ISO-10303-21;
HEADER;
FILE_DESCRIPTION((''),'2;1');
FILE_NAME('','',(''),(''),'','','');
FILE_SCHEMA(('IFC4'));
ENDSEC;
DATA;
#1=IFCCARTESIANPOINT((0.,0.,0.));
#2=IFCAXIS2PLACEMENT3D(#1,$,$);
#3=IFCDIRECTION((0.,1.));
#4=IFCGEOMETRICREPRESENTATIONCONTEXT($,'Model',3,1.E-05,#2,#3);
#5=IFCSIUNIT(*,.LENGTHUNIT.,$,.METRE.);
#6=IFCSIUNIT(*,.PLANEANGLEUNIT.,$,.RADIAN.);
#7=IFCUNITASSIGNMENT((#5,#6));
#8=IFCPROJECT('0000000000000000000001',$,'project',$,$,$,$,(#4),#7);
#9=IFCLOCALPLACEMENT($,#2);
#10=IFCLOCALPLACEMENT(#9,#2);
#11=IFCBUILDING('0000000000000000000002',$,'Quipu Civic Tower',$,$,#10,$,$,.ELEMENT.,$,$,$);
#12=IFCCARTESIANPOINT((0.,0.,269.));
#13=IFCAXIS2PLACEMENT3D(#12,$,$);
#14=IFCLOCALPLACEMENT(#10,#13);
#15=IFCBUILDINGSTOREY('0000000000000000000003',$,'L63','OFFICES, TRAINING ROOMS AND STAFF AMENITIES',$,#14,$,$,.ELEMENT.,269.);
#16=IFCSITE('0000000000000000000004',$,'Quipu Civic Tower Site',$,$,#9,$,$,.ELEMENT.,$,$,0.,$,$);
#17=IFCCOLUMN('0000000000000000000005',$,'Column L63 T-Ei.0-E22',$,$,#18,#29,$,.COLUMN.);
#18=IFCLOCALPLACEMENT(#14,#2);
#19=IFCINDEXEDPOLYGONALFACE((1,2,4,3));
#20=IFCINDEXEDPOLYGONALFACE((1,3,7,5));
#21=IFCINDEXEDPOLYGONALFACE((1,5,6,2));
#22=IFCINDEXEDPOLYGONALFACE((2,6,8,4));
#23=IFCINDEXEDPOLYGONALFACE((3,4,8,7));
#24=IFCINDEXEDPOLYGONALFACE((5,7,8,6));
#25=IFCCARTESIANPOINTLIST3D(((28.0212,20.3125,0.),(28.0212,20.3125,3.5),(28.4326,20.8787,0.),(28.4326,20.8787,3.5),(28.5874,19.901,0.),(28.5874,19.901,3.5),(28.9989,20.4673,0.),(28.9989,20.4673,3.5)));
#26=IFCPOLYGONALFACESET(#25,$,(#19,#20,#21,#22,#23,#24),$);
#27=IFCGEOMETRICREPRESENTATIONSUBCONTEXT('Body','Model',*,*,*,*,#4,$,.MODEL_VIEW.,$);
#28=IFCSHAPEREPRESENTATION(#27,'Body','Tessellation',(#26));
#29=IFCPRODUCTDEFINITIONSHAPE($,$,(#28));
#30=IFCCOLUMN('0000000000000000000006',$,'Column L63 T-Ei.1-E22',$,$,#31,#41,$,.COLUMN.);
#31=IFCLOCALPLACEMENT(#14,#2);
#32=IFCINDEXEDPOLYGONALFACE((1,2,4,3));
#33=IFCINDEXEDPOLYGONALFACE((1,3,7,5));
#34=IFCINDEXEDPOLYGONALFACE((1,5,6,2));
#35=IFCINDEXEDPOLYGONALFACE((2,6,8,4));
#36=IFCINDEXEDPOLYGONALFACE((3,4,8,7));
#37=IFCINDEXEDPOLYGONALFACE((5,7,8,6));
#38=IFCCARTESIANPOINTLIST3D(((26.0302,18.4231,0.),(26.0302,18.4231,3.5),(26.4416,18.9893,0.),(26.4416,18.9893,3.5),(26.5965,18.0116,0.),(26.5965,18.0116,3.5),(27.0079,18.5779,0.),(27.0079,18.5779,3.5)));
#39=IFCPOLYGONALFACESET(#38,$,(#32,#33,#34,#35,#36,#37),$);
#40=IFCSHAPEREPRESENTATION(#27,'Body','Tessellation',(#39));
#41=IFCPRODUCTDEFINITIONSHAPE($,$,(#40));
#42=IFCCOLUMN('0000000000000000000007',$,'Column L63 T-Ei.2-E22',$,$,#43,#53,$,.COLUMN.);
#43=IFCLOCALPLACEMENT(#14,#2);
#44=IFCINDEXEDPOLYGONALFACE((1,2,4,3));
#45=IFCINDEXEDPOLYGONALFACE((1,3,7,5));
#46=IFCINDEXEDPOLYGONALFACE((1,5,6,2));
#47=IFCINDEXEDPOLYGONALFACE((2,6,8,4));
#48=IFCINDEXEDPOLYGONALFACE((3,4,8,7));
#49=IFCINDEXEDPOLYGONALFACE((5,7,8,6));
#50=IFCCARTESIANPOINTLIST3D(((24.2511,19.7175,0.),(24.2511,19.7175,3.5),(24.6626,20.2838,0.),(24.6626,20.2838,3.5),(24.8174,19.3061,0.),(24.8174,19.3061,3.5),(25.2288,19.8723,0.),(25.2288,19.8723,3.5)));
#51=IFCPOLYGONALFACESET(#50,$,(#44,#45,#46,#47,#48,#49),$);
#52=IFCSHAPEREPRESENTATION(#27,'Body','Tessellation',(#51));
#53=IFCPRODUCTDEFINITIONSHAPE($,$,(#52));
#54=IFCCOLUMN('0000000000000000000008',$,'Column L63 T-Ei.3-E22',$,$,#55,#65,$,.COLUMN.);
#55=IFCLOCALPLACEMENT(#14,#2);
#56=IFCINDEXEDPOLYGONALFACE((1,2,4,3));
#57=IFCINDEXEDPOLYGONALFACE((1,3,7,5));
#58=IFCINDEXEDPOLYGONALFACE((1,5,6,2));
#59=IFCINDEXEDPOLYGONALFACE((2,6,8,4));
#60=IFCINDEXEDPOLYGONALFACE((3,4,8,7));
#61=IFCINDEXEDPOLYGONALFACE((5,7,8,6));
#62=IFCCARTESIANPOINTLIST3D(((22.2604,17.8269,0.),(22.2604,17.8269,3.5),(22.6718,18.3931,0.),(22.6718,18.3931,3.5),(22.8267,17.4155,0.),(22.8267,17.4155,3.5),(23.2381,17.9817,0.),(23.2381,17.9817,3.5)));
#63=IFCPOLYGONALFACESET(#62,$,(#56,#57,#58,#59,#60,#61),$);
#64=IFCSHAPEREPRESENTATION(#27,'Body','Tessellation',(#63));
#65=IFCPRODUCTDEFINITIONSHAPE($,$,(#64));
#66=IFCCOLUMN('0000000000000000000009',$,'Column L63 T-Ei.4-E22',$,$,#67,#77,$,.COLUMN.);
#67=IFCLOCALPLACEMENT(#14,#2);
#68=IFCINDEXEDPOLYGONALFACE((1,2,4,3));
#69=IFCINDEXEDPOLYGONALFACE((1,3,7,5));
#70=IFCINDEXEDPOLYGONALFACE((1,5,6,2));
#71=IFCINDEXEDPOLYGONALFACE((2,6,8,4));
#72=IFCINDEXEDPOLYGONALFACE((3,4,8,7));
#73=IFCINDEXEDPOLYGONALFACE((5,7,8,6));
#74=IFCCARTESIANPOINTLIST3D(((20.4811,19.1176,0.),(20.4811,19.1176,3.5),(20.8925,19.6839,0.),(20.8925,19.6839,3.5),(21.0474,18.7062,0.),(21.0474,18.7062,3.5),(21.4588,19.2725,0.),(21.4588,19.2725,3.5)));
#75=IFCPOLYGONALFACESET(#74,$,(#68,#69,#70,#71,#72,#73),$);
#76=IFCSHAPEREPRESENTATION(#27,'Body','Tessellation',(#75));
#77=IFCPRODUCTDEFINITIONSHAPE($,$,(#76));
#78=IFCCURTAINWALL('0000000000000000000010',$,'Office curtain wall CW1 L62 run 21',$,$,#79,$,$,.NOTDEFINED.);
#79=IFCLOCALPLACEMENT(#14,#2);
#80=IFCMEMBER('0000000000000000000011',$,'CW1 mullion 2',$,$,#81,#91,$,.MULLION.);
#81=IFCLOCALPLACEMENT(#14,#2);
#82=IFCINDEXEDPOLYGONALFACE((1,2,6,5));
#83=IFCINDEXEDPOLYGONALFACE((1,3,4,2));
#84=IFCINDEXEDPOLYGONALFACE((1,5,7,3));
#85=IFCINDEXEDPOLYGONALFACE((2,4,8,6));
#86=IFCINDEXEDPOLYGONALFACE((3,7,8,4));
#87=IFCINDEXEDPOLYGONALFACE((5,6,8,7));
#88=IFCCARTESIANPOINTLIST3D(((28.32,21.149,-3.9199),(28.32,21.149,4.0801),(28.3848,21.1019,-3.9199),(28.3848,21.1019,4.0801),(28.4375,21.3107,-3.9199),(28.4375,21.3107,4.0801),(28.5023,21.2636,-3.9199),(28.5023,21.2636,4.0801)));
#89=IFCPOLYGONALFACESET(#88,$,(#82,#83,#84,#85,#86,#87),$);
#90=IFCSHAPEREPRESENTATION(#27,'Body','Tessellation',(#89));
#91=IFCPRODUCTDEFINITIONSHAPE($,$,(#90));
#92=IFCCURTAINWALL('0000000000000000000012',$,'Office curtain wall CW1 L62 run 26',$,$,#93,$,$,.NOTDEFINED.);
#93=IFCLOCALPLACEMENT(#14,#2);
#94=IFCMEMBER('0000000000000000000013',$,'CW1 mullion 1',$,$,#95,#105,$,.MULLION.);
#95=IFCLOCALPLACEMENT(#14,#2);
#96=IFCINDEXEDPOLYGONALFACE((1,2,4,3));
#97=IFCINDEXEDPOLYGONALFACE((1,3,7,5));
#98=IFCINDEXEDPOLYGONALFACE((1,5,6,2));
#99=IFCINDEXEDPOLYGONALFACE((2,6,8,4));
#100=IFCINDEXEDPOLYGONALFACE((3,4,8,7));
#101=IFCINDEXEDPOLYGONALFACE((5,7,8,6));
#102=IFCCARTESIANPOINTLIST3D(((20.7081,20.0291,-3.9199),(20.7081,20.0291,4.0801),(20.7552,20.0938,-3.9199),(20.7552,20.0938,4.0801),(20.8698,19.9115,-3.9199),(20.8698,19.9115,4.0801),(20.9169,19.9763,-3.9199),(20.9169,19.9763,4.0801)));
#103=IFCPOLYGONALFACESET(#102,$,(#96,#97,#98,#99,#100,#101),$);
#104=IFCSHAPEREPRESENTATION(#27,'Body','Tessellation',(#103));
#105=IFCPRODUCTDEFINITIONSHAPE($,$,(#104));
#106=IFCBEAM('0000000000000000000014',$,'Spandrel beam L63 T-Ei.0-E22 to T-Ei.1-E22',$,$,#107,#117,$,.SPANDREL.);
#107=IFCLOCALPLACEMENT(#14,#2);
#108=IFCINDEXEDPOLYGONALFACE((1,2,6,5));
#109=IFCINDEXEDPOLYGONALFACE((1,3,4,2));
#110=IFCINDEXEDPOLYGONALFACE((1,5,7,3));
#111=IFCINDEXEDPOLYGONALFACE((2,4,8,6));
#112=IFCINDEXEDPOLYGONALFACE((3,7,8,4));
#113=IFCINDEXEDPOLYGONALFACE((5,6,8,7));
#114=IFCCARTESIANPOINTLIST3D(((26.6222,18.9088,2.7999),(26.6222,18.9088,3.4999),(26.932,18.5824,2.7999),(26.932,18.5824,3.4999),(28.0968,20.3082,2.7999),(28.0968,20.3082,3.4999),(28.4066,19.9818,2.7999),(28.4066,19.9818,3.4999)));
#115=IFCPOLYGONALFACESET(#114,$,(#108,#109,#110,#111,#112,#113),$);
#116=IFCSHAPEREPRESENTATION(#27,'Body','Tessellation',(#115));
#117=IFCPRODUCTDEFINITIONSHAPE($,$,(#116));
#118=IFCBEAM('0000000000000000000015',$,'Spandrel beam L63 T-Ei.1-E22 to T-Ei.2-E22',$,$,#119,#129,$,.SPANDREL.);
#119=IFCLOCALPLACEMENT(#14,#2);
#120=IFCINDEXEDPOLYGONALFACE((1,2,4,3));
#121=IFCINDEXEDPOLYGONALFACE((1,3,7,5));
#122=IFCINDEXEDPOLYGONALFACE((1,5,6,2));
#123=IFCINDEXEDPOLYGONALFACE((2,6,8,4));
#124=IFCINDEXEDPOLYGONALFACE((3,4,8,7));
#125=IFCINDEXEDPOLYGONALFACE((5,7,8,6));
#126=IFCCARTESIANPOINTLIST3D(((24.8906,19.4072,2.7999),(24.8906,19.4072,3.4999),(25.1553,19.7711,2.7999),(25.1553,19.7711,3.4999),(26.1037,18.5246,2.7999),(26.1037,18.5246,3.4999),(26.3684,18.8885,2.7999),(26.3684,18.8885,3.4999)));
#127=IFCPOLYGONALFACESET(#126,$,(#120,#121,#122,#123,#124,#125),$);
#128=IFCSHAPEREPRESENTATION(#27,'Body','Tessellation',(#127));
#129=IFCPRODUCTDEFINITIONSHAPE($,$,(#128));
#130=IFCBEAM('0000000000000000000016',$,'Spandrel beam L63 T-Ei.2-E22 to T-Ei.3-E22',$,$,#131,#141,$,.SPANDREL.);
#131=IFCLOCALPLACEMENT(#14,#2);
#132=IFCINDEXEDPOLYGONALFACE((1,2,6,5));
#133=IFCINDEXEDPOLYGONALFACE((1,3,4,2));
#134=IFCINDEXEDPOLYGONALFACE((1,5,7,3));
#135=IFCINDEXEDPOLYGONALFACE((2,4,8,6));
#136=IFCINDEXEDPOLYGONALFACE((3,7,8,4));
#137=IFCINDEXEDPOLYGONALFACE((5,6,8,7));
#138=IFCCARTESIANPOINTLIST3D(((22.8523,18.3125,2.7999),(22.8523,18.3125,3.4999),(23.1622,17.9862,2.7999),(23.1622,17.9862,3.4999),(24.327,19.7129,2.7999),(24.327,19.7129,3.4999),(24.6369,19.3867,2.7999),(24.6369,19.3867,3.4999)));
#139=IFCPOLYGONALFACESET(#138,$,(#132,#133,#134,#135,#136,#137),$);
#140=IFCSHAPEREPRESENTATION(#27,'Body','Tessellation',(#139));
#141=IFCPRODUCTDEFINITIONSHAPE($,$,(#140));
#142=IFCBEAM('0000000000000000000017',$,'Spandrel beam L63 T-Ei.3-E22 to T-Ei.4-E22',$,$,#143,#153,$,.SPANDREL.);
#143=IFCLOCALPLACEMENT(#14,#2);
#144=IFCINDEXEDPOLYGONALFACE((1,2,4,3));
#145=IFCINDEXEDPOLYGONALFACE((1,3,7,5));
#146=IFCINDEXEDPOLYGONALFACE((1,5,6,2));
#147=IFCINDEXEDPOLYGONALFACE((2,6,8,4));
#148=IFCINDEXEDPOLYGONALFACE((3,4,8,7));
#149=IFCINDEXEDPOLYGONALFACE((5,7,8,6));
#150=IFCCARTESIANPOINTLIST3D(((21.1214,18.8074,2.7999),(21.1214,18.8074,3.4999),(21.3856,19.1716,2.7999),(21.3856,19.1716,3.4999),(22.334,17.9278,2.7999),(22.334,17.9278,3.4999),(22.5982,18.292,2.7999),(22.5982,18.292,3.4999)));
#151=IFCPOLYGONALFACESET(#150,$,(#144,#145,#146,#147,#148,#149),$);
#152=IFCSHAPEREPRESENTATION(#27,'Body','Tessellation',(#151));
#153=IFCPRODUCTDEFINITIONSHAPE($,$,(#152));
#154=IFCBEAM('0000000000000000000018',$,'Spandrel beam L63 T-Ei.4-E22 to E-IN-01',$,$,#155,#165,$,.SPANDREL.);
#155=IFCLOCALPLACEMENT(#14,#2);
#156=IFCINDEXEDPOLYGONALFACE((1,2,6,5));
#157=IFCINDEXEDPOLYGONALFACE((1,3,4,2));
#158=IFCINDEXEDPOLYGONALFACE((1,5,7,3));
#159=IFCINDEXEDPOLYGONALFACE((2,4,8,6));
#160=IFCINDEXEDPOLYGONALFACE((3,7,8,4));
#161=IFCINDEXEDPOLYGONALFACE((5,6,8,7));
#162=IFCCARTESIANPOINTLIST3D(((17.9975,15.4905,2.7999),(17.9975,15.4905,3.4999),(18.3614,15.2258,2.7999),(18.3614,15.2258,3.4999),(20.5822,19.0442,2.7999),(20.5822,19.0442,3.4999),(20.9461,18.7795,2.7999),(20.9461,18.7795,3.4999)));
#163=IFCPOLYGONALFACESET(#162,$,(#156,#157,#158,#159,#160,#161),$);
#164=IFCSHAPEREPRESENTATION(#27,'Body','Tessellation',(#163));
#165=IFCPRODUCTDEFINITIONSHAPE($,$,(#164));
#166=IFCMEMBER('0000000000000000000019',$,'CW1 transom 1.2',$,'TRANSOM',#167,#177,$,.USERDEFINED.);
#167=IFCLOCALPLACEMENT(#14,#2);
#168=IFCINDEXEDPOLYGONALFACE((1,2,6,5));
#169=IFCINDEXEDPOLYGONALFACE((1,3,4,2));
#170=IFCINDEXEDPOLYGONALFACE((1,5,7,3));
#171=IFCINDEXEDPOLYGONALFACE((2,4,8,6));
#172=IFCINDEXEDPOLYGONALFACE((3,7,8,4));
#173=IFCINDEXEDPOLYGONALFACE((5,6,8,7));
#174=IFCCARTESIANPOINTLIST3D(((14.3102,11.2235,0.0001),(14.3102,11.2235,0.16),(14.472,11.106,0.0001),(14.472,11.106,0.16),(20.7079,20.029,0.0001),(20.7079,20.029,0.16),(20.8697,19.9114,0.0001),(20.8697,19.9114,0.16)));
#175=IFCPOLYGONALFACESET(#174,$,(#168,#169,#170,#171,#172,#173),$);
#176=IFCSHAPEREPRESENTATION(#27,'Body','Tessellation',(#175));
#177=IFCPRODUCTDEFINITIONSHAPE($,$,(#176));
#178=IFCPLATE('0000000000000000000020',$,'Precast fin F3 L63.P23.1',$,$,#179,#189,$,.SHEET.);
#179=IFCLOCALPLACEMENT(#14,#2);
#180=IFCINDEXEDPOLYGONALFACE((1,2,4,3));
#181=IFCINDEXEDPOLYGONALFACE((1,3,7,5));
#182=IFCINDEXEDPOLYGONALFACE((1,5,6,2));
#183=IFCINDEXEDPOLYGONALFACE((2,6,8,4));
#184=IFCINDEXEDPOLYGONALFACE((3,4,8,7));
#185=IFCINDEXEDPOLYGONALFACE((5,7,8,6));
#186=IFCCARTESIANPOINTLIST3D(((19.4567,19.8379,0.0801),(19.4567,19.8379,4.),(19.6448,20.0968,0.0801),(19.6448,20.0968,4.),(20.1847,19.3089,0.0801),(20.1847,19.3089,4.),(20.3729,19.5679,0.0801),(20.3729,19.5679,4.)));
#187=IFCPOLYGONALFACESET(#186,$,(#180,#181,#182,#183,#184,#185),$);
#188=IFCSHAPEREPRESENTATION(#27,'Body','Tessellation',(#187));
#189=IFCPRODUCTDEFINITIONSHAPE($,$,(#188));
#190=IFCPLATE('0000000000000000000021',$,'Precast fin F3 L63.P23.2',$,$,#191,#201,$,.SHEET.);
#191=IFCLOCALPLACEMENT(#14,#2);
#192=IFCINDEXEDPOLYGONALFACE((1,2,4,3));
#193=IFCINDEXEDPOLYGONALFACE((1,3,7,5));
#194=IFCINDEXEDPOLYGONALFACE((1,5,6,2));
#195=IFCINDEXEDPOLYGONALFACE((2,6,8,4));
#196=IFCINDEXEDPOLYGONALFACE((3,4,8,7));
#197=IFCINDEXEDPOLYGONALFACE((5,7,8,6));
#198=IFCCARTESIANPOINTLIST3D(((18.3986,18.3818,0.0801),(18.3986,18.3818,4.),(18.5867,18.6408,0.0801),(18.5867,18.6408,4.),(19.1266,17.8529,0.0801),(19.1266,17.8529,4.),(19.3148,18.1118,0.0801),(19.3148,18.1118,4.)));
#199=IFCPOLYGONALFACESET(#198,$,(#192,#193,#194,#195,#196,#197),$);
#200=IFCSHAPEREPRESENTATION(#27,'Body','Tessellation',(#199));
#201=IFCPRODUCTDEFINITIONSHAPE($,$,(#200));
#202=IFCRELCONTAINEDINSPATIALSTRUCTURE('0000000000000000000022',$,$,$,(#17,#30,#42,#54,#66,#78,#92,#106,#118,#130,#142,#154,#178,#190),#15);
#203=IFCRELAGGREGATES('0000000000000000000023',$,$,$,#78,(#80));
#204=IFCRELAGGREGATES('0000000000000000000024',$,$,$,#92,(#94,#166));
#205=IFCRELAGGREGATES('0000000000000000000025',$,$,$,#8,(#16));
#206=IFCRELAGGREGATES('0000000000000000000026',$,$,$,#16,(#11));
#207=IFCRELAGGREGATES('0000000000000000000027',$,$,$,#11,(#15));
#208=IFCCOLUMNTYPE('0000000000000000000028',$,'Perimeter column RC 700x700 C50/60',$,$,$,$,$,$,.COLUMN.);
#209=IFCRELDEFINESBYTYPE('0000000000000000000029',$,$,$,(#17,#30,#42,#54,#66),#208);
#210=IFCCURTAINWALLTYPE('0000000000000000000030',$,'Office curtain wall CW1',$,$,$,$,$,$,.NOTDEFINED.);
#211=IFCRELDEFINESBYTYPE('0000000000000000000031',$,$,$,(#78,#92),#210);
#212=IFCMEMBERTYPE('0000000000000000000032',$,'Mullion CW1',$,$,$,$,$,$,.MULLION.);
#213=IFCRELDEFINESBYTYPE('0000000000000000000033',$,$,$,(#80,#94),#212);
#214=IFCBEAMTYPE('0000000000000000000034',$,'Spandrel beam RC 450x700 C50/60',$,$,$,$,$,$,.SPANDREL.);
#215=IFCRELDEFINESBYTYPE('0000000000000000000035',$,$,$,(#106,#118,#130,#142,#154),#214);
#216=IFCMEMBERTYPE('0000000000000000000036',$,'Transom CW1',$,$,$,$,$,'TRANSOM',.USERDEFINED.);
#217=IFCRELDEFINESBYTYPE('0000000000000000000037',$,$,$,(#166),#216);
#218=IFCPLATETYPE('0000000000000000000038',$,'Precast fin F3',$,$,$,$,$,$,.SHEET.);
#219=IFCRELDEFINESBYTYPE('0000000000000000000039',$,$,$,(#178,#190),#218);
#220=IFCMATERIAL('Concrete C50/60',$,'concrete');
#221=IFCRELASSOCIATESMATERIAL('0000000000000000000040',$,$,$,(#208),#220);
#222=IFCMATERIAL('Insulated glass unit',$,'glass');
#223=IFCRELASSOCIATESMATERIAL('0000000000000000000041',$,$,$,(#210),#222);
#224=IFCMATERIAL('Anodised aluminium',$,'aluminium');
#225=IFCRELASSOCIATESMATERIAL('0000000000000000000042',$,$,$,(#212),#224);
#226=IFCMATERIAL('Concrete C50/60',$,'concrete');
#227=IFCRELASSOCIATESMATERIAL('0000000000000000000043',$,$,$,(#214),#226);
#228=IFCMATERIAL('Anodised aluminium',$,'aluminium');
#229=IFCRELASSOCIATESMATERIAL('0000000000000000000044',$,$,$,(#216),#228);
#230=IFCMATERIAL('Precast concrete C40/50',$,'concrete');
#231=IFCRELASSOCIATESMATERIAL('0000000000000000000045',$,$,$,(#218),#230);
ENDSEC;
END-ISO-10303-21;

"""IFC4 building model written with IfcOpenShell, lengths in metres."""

from ifc_helpers import new_model, si_unit, direction, frame, origin, origin_2d, place, context, subcontext, project, spatial, rectangle, extrude, material, material_profile, profile_set, type_object, element, aggregate, save


model = new_model("IFC4")

# Units and contexts
model_context = context("Model", 3, precision=1e-05, world=origin(), true_north=direction((0.0, 1.0)))
body_context = subcontext(model_context, "Body", "Model", "MODEL_VIEW")
ifc_project = project(units=[si_unit("LENGTHUNIT", "METRE"), si_unit("PLANEANGLEUNIT", "RADIAN")], contexts=[model_context])

# Site, building, storey
site_placement = place(None, origin())
site = spatial("IfcSite", under=ifc_project, at=site_placement, Name="Quipu Civic Tower Site", CompositionType="ELEMENT", RefElevation=0.0)
building_placement = place(site_placement, origin())
building = spatial("IfcBuilding", under=site, at=building_placement, Name="Quipu Civic Tower", CompositionType="ELEMENT")
storey_placement = place(building_placement, frame((0.0, 0.0, 269.0)))
storey = spatial("IfcBuildingStorey", under=building, at=storey_placement, Name="L63", Description="OFFICES, TRAINING ROOMS AND STAFF AMENITIES", CompositionType="ELEMENT", Elevation=269.0)

# Columns
ifc_material_1 = material(Name="Concrete C50/60", Category="concrete")
ifc_material_profile_1 = material_profile(ifc_material_1, rectangle(XDim=0.7, YDim=0.7, at=origin_2d()), Name="RC700x700")
ifc_profile_set_1 = profile_set([ifc_material_profile_1], Name="Concrete C50/60")
column_type = type_object("IfcColumnType", Name="Perimeter column RC 700x700 C50/60", PredefinedType="COLUMN", material=ifc_profile_set_1)
for number, where, z_axis, x_axis, name in (
    (1, (28.51, 20.3899, 0.0), (0.0, 0.0, 1.0), (-0.587785, -0.809017, 0.0), "Column L63 T-Ei.0-E22"),
    (2, (26.519, 18.5005, 0.0), (0.0, 0.0, 1.0), (-0.809017, 0.587785, 0.0), "Column L63 T-Ei.1-E22"),
    (3, (24.74, 19.7949, 0.0), (0.0, 0.0, 1.0), (-0.587785, -0.809017, 0.0), "Column L63 T-Ei.2-E22"),
    (4, (22.7493, 17.9043, 0.0), (0.0, 0.0, 1.0), (-0.587785, -0.809017, 0.0), "Column L63 T-Ei.3-E22"),
    (5, (20.97, 19.1951, 0.0), (0.0, 0.0, 1.0), (-0.587785, -0.809017, 0.0), "Column L63 T-Ei.4-E22"),
):
    element("IfcColumn", number, at=place(storey_placement, frame(where, z_axis=z_axis, x_axis=x_axis)), inside=storey, type_object=column_type, Name=name, PredefinedType="COLUMN", context=body_context, shape_type="SweptSolid", body=[
        extrude(rectangle(XDim=0.7, YDim=0.7, at=origin_2d()), origin(), (0.0, 0.0, 1.0), 3.5),
    ])

# Curtain walls, members
ifc_material_2 = material(Name="Insulated glass unit", Category="glass")
curtain_wall_type = type_object("IfcCurtainWallType", Name="Office curtain wall CW1", PredefinedType="NOTDEFINED", material=ifc_material_2)
curtain_wall_1_placement = place(storey_placement, origin())
curtain_wall_1 = element("IfcCurtainWall", 6, at=curtain_wall_1_placement, inside=storey, type_object=curtain_wall_type, Name="Office curtain wall CW1 L62 run 21", PredefinedType="NOTDEFINED")
ifc_material_3 = material(Name="Anodised aluminium", Category="aluminium")
ifc_material_profile_2 = material_profile(ifc_material_3, rectangle(XDim=0.2, YDim=0.0801, at=origin_2d()), Name="RECT 200x80")
ifc_profile_set_2 = profile_set([ifc_material_profile_2], Name="Anodised aluminium")
member_type_1 = type_object("IfcMemberType", Name="Mullion CW1", PredefinedType="MULLION", material=ifc_profile_set_2)
member_1_placement = place(storey_placement, frame((28.4111, 21.2063, -3.9199), z_axis=(0.0, 0.0, 1.0), x_axis=(-0.587788, -0.809015, 0.0)))
member_1 = element("IfcMember", 7, at=member_1_placement, type_object=member_type_1, Name="CW1 mullion 2", PredefinedType="MULLION", context=body_context, shape_type="SweptSolid", body=[
    extrude(rectangle(XDim=0.2, YDim=0.0801, at=origin_2d()), origin(), (0.0, 0.0, 1.0), 8.0),
])
aggregate(curtain_wall_1, [member_1])
curtain_wall_2_placement = place(storey_placement, origin())
curtain_wall_2 = element("IfcCurtainWall", 8, at=curtain_wall_2_placement, inside=storey, type_object=curtain_wall_type, Name="Office curtain wall CW1 L62 run 26", PredefinedType="NOTDEFINED")
member_2_placement = place(storey_placement, frame((20.8125, 20.0027, -3.9199), z_axis=(0.0, 0.0, 1.0), x_axis=(0.809015, -0.587788, 0.0)))
member_2 = element("IfcMember", 9, at=member_2_placement, type_object=member_type_1, Name="CW1 mullion 1", PredefinedType="MULLION", context=body_context, shape_type="SweptSolid", body=[
    extrude(rectangle(XDim=0.2, YDim=0.0801, at=origin_2d()), origin(), (0.0, 0.0, 1.0), 8.0),
])

# Beams
ifc_material_4 = material(Name="Concrete C50/60", Category="concrete")
ifc_material_profile_3 = material_profile(ifc_material_4, rectangle(XDim=0.45, YDim=0.7, at=origin_2d()), Name="RC450x700")
ifc_profile_set_3 = profile_set([ifc_material_profile_3], Name="Concrete C50/60")
beam_type = type_object("IfcBeamType", Name="Spandrel beam RC 450x700 C50/60", PredefinedType="SPANDREL", material=ifc_profile_set_3)
beam_1_placement = place(storey_placement, frame((28.2517, 20.145, 3.1499), z_axis=(-0.725359, -0.688371, 0.0), x_axis=(0.688371, -0.725359, 0.0)))
element("IfcBeam", 10, at=beam_1_placement, inside=storey, type_object=beam_type, Name="Spandrel beam L63 T-Ei.0-E22 to T-Ei.1-E22", PredefinedType="SPANDREL", context=body_context, shape_type="SweptSolid", body=[
    extrude(rectangle(XDim=0.45, YDim=0.7, at=origin_2d()), origin(), (0.0, 0.0, 1.0), 2.033),
])
beam_2_placement = place(storey_placement, frame((26.2361, 18.7065, 3.1499), z_axis=(-0.808645, 0.588297, 0.0), x_axis=(-0.588297, -0.808645, 0.0)))
element("IfcBeam", 11, at=beam_2_placement, inside=storey, type_object=beam_type, Name="Spandrel beam L63 T-Ei.1-E22 to T-Ei.2-E22", PredefinedType="SPANDREL", context=body_context, shape_type="SweptSolid", body=[
    extrude(rectangle(XDim=0.45, YDim=0.7, at=origin_2d()), origin(), (0.0, 0.0, 1.0), 1.5002),
])
beam_3_placement = place(storey_placement, frame((24.4819, 19.5498, 3.1499), z_axis=(-0.725119, -0.688623, 0.0), x_axis=(0.688623, -0.725119, 0.0)))
element("IfcBeam", 12, at=beam_3_placement, inside=storey, type_object=beam_type, Name="Spandrel beam L63 T-Ei.2-E22 to T-Ei.3-E22", PredefinedType="SPANDREL", context=body_context, shape_type="SweptSolid", body=[
    extrude(rectangle(XDim=0.45, YDim=0.7, at=origin_2d()), origin(), (0.0, 0.0, 1.0), 2.0337),
])
beam_4_placement = place(storey_placement, frame((22.4661, 18.1099, 3.1499), z_axis=(-0.809461, 0.587173, 0.0), x_axis=(-0.587173, -0.809461, 0.0)))
element("IfcBeam", 13, at=beam_4_placement, inside=storey, type_object=beam_type, Name="Spandrel beam L63 T-Ei.3-E22 to T-Ei.4-E22", PredefinedType="SPANDREL", context=body_context, shape_type="SweptSolid", body=[
    extrude(rectangle(XDim=0.45, YDim=0.7, at=origin_2d()), origin(), (0.0, 0.0, 1.0), 1.498),
])
beam_5_placement = place(storey_placement, frame((20.7642, 18.9119, 3.1499), z_axis=(-0.588201, -0.808714, 0.0), x_axis=(0.808714, -0.588201, 0.0)))
element("IfcBeam", 14, at=beam_5_placement, inside=storey, type_object=beam_type, Name="Spandrel beam L63 T-Ei.4-E22 to E-IN-01", PredefinedType="SPANDREL", context=body_context, shape_type="SweptSolid", body=[
    extrude(rectangle(XDim=0.45, YDim=0.7, at=origin_2d()), origin(), (0.0, 0.0, 1.0), 4.3943),
])

# Member
ifc_material_5 = material(Name="Anodised aluminium", Category="aluminium")
ifc_material_profile_4 = material_profile(ifc_material_5, rectangle(XDim=0.2, YDim=0.1599, at=origin_2d()), Name="RECT 200x160")
ifc_profile_set_4 = profile_set([ifc_material_profile_4], Name="Anodised aluminium")
member_type_2 = type_object("IfcMemberType", Name="Transom CW1", ElementType="TRANSOM", PredefinedType="USERDEFINED", material=ifc_profile_set_4)
member_3_placement = place(storey_placement, frame((20.7888, 19.9702, 0.0801), z_axis=(-0.587797, -0.809009, 0.0), x_axis=(0.809009, -0.587797, 0.0)))
member_3 = element("IfcMember", 15, at=member_3_placement, type_object=member_type_2, Name="CW1 transom 1.2", ObjectType="TRANSOM", PredefinedType="USERDEFINED", context=body_context, shape_type="SweptSolid", body=[
    extrude(rectangle(XDim=0.2, YDim=0.1599, at=origin_2d()), origin(), (0.0, 0.0, 1.0), 10.8843),
])
aggregate(curtain_wall_2, [member_2, member_3])

# Plates
ifc_material_6 = material(Name="Precast concrete C40/50", Category="concrete")
plate_type = type_object("IfcPlateType", Name="Precast fin F3", PredefinedType="SHEET", material=ifc_material_6)
for number, where, z_axis, x_axis, name in (
    (16, (19.9148, 19.7029, 0.0801), (0.0, 0.0, 1.0), (-0.587784, -0.809018, 0.0), "Precast fin F3 L63.P23.1"),
    (17, (18.8567, 18.2468, 0.0801), (0.0, 0.0, 1.0), (-0.587784, -0.809018, 0.0), "Precast fin F3 L63.P23.2"),
):
    element("IfcPlate", number, at=place(storey_placement, frame(where, z_axis=z_axis, x_axis=x_axis)), inside=storey, type_object=plate_type, Name=name, PredefinedType="SHEET", context=body_context, shape_type="SweptSolid", body=[
        extrude(rectangle(XDim=0.3201, YDim=0.8999, at=origin_2d()), origin(), (0.0, 0.0, 1.0), 3.9199),
    ])

save(model, "model.ifc")
